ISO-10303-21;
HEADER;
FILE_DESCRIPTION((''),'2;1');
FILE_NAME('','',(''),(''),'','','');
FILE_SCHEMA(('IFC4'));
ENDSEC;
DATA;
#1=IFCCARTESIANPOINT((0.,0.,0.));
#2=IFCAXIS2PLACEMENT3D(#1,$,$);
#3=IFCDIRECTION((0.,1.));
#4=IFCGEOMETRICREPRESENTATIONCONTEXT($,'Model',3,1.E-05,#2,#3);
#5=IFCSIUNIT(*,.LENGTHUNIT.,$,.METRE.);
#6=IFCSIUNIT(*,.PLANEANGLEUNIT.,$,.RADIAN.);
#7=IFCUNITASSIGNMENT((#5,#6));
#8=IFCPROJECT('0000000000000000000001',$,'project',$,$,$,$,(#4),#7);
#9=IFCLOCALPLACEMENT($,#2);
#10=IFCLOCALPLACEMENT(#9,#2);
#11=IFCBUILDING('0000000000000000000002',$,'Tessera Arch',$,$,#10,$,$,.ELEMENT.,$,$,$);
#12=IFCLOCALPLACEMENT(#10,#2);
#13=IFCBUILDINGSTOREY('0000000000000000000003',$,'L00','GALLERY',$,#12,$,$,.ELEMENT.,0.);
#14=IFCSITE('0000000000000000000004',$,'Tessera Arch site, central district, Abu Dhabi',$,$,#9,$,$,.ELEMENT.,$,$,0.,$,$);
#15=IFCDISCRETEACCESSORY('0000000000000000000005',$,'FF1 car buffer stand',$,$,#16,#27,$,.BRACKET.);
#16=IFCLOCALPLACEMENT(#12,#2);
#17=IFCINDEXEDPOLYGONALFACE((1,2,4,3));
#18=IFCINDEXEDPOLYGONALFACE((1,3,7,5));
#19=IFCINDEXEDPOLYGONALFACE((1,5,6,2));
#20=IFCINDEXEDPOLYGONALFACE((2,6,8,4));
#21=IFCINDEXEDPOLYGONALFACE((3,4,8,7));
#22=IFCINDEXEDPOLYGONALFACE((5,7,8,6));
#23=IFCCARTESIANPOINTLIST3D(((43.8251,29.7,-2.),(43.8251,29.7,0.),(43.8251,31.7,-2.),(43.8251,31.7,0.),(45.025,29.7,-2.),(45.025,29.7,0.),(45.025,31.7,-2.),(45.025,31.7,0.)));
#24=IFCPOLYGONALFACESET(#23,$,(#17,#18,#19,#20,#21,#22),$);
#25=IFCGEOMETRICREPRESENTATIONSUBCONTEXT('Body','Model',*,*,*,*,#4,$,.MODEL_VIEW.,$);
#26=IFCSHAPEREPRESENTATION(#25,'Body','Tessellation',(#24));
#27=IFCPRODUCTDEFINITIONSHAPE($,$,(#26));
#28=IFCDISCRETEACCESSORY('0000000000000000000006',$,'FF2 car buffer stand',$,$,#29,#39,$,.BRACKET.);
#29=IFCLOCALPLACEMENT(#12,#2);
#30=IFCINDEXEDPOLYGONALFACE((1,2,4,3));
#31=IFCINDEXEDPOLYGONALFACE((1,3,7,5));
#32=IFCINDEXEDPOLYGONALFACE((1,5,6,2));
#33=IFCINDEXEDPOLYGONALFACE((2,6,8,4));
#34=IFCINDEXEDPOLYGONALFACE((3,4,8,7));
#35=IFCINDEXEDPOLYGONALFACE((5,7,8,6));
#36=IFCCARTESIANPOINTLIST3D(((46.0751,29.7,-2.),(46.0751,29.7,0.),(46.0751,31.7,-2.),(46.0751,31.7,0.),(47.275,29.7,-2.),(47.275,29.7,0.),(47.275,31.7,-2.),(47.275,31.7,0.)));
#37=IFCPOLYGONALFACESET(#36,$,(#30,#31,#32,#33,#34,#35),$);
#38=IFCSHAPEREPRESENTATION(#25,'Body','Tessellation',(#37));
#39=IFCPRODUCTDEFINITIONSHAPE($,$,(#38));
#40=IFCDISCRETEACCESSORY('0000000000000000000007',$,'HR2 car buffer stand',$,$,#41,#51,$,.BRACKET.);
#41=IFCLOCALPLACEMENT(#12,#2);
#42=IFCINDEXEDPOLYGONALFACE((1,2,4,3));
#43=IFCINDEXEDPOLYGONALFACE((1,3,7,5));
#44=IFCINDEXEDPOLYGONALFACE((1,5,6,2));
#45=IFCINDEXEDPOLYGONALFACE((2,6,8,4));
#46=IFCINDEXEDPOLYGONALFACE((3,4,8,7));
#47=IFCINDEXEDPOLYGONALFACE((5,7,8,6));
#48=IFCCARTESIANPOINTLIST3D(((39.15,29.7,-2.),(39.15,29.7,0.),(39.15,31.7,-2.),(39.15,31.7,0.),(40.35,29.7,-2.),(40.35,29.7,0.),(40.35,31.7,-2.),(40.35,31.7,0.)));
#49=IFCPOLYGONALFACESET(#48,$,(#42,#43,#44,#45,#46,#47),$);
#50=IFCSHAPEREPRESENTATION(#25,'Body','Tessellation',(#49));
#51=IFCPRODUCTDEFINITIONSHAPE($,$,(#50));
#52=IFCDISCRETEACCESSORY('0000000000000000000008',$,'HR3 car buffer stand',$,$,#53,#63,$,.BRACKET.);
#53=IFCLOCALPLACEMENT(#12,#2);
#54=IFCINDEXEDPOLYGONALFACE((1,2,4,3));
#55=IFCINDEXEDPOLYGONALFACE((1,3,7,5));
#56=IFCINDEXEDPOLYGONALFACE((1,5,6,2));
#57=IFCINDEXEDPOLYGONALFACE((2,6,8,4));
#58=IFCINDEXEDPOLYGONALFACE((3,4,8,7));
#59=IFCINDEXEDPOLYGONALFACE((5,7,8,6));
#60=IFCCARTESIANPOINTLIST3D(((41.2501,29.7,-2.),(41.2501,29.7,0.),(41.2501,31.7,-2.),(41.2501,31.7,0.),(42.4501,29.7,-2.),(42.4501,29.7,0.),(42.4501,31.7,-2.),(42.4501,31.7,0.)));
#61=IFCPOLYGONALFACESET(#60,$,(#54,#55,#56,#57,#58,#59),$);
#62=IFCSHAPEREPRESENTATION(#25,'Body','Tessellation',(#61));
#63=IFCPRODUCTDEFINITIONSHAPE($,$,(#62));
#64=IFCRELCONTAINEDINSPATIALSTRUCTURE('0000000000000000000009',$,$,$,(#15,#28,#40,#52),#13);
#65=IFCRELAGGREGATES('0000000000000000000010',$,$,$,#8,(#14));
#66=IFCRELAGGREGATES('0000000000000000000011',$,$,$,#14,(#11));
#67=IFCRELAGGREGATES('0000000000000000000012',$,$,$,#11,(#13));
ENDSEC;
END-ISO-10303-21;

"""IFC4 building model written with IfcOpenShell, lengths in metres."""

from ifc_helpers import new_model, si_unit, direction, frame, origin, origin_2d, place, context, subcontext, project, spatial, rectangle, extrude, element, save


model = new_model("IFC4")

# Units and contexts
model_context = context("Model", 3, precision=1e-05, world=origin(), true_north=direction((0.0, 1.0)))
body_context = subcontext(model_context, "Body", "Model", "MODEL_VIEW")
ifc_project = project(units=[si_unit("LENGTHUNIT", "METRE"), si_unit("PLANEANGLEUNIT", "RADIAN")], contexts=[model_context])

# Site, building, storey
site_placement = place(None, origin())
site = spatial("IfcSite", under=ifc_project, at=site_placement, Name="Tessera Arch site, central district, Abu Dhabi", CompositionType="ELEMENT", RefElevation=0.0)
building_placement = place(site_placement, origin())
building = spatial("IfcBuilding", under=site, at=building_placement, Name="Tessera Arch", CompositionType="ELEMENT")
storey_placement = place(building_placement, origin())
storey = spatial("IfcBuildingStorey", under=building, at=storey_placement, Name="L00", Description="GALLERY", CompositionType="ELEMENT", Elevation=0.0)

# Discrete accessories
for number, where, z_axis, x_axis, name in (
    (1, (44.425, 30.7, -2.0), (0.0, 0.0, 1.0), (1.0, 0.0, 0.0), "FF1 car buffer stand"),
    (2, (46.675, 30.7, -2.0), (0.0, 0.0, 1.0), (1.0, 0.0, 0.0), "FF2 car buffer stand"),
    (3, (39.75, 30.7, -2.0), (0.0, 0.0, 1.0), (1.0, 0.0, 0.0), "HR2 car buffer stand"),
    (4, (41.8501, 30.7, -2.0), (0.0, 0.0, 1.0), (1.0, 0.0, 0.0), "HR3 car buffer stand"),
):
    element("IfcDiscreteAccessory", number, at=place(storey_placement, frame(where, z_axis=z_axis, x_axis=x_axis)), inside=storey, Name=name, PredefinedType="BRACKET", context=body_context, shape_type="SweptSolid", body=[
        extrude(rectangle(XDim=1.2, YDim=2.0, at=origin_2d()), origin(), (0.0, 0.0, 1.0), 2.0),
    ])

save(model, "model.ifc")
